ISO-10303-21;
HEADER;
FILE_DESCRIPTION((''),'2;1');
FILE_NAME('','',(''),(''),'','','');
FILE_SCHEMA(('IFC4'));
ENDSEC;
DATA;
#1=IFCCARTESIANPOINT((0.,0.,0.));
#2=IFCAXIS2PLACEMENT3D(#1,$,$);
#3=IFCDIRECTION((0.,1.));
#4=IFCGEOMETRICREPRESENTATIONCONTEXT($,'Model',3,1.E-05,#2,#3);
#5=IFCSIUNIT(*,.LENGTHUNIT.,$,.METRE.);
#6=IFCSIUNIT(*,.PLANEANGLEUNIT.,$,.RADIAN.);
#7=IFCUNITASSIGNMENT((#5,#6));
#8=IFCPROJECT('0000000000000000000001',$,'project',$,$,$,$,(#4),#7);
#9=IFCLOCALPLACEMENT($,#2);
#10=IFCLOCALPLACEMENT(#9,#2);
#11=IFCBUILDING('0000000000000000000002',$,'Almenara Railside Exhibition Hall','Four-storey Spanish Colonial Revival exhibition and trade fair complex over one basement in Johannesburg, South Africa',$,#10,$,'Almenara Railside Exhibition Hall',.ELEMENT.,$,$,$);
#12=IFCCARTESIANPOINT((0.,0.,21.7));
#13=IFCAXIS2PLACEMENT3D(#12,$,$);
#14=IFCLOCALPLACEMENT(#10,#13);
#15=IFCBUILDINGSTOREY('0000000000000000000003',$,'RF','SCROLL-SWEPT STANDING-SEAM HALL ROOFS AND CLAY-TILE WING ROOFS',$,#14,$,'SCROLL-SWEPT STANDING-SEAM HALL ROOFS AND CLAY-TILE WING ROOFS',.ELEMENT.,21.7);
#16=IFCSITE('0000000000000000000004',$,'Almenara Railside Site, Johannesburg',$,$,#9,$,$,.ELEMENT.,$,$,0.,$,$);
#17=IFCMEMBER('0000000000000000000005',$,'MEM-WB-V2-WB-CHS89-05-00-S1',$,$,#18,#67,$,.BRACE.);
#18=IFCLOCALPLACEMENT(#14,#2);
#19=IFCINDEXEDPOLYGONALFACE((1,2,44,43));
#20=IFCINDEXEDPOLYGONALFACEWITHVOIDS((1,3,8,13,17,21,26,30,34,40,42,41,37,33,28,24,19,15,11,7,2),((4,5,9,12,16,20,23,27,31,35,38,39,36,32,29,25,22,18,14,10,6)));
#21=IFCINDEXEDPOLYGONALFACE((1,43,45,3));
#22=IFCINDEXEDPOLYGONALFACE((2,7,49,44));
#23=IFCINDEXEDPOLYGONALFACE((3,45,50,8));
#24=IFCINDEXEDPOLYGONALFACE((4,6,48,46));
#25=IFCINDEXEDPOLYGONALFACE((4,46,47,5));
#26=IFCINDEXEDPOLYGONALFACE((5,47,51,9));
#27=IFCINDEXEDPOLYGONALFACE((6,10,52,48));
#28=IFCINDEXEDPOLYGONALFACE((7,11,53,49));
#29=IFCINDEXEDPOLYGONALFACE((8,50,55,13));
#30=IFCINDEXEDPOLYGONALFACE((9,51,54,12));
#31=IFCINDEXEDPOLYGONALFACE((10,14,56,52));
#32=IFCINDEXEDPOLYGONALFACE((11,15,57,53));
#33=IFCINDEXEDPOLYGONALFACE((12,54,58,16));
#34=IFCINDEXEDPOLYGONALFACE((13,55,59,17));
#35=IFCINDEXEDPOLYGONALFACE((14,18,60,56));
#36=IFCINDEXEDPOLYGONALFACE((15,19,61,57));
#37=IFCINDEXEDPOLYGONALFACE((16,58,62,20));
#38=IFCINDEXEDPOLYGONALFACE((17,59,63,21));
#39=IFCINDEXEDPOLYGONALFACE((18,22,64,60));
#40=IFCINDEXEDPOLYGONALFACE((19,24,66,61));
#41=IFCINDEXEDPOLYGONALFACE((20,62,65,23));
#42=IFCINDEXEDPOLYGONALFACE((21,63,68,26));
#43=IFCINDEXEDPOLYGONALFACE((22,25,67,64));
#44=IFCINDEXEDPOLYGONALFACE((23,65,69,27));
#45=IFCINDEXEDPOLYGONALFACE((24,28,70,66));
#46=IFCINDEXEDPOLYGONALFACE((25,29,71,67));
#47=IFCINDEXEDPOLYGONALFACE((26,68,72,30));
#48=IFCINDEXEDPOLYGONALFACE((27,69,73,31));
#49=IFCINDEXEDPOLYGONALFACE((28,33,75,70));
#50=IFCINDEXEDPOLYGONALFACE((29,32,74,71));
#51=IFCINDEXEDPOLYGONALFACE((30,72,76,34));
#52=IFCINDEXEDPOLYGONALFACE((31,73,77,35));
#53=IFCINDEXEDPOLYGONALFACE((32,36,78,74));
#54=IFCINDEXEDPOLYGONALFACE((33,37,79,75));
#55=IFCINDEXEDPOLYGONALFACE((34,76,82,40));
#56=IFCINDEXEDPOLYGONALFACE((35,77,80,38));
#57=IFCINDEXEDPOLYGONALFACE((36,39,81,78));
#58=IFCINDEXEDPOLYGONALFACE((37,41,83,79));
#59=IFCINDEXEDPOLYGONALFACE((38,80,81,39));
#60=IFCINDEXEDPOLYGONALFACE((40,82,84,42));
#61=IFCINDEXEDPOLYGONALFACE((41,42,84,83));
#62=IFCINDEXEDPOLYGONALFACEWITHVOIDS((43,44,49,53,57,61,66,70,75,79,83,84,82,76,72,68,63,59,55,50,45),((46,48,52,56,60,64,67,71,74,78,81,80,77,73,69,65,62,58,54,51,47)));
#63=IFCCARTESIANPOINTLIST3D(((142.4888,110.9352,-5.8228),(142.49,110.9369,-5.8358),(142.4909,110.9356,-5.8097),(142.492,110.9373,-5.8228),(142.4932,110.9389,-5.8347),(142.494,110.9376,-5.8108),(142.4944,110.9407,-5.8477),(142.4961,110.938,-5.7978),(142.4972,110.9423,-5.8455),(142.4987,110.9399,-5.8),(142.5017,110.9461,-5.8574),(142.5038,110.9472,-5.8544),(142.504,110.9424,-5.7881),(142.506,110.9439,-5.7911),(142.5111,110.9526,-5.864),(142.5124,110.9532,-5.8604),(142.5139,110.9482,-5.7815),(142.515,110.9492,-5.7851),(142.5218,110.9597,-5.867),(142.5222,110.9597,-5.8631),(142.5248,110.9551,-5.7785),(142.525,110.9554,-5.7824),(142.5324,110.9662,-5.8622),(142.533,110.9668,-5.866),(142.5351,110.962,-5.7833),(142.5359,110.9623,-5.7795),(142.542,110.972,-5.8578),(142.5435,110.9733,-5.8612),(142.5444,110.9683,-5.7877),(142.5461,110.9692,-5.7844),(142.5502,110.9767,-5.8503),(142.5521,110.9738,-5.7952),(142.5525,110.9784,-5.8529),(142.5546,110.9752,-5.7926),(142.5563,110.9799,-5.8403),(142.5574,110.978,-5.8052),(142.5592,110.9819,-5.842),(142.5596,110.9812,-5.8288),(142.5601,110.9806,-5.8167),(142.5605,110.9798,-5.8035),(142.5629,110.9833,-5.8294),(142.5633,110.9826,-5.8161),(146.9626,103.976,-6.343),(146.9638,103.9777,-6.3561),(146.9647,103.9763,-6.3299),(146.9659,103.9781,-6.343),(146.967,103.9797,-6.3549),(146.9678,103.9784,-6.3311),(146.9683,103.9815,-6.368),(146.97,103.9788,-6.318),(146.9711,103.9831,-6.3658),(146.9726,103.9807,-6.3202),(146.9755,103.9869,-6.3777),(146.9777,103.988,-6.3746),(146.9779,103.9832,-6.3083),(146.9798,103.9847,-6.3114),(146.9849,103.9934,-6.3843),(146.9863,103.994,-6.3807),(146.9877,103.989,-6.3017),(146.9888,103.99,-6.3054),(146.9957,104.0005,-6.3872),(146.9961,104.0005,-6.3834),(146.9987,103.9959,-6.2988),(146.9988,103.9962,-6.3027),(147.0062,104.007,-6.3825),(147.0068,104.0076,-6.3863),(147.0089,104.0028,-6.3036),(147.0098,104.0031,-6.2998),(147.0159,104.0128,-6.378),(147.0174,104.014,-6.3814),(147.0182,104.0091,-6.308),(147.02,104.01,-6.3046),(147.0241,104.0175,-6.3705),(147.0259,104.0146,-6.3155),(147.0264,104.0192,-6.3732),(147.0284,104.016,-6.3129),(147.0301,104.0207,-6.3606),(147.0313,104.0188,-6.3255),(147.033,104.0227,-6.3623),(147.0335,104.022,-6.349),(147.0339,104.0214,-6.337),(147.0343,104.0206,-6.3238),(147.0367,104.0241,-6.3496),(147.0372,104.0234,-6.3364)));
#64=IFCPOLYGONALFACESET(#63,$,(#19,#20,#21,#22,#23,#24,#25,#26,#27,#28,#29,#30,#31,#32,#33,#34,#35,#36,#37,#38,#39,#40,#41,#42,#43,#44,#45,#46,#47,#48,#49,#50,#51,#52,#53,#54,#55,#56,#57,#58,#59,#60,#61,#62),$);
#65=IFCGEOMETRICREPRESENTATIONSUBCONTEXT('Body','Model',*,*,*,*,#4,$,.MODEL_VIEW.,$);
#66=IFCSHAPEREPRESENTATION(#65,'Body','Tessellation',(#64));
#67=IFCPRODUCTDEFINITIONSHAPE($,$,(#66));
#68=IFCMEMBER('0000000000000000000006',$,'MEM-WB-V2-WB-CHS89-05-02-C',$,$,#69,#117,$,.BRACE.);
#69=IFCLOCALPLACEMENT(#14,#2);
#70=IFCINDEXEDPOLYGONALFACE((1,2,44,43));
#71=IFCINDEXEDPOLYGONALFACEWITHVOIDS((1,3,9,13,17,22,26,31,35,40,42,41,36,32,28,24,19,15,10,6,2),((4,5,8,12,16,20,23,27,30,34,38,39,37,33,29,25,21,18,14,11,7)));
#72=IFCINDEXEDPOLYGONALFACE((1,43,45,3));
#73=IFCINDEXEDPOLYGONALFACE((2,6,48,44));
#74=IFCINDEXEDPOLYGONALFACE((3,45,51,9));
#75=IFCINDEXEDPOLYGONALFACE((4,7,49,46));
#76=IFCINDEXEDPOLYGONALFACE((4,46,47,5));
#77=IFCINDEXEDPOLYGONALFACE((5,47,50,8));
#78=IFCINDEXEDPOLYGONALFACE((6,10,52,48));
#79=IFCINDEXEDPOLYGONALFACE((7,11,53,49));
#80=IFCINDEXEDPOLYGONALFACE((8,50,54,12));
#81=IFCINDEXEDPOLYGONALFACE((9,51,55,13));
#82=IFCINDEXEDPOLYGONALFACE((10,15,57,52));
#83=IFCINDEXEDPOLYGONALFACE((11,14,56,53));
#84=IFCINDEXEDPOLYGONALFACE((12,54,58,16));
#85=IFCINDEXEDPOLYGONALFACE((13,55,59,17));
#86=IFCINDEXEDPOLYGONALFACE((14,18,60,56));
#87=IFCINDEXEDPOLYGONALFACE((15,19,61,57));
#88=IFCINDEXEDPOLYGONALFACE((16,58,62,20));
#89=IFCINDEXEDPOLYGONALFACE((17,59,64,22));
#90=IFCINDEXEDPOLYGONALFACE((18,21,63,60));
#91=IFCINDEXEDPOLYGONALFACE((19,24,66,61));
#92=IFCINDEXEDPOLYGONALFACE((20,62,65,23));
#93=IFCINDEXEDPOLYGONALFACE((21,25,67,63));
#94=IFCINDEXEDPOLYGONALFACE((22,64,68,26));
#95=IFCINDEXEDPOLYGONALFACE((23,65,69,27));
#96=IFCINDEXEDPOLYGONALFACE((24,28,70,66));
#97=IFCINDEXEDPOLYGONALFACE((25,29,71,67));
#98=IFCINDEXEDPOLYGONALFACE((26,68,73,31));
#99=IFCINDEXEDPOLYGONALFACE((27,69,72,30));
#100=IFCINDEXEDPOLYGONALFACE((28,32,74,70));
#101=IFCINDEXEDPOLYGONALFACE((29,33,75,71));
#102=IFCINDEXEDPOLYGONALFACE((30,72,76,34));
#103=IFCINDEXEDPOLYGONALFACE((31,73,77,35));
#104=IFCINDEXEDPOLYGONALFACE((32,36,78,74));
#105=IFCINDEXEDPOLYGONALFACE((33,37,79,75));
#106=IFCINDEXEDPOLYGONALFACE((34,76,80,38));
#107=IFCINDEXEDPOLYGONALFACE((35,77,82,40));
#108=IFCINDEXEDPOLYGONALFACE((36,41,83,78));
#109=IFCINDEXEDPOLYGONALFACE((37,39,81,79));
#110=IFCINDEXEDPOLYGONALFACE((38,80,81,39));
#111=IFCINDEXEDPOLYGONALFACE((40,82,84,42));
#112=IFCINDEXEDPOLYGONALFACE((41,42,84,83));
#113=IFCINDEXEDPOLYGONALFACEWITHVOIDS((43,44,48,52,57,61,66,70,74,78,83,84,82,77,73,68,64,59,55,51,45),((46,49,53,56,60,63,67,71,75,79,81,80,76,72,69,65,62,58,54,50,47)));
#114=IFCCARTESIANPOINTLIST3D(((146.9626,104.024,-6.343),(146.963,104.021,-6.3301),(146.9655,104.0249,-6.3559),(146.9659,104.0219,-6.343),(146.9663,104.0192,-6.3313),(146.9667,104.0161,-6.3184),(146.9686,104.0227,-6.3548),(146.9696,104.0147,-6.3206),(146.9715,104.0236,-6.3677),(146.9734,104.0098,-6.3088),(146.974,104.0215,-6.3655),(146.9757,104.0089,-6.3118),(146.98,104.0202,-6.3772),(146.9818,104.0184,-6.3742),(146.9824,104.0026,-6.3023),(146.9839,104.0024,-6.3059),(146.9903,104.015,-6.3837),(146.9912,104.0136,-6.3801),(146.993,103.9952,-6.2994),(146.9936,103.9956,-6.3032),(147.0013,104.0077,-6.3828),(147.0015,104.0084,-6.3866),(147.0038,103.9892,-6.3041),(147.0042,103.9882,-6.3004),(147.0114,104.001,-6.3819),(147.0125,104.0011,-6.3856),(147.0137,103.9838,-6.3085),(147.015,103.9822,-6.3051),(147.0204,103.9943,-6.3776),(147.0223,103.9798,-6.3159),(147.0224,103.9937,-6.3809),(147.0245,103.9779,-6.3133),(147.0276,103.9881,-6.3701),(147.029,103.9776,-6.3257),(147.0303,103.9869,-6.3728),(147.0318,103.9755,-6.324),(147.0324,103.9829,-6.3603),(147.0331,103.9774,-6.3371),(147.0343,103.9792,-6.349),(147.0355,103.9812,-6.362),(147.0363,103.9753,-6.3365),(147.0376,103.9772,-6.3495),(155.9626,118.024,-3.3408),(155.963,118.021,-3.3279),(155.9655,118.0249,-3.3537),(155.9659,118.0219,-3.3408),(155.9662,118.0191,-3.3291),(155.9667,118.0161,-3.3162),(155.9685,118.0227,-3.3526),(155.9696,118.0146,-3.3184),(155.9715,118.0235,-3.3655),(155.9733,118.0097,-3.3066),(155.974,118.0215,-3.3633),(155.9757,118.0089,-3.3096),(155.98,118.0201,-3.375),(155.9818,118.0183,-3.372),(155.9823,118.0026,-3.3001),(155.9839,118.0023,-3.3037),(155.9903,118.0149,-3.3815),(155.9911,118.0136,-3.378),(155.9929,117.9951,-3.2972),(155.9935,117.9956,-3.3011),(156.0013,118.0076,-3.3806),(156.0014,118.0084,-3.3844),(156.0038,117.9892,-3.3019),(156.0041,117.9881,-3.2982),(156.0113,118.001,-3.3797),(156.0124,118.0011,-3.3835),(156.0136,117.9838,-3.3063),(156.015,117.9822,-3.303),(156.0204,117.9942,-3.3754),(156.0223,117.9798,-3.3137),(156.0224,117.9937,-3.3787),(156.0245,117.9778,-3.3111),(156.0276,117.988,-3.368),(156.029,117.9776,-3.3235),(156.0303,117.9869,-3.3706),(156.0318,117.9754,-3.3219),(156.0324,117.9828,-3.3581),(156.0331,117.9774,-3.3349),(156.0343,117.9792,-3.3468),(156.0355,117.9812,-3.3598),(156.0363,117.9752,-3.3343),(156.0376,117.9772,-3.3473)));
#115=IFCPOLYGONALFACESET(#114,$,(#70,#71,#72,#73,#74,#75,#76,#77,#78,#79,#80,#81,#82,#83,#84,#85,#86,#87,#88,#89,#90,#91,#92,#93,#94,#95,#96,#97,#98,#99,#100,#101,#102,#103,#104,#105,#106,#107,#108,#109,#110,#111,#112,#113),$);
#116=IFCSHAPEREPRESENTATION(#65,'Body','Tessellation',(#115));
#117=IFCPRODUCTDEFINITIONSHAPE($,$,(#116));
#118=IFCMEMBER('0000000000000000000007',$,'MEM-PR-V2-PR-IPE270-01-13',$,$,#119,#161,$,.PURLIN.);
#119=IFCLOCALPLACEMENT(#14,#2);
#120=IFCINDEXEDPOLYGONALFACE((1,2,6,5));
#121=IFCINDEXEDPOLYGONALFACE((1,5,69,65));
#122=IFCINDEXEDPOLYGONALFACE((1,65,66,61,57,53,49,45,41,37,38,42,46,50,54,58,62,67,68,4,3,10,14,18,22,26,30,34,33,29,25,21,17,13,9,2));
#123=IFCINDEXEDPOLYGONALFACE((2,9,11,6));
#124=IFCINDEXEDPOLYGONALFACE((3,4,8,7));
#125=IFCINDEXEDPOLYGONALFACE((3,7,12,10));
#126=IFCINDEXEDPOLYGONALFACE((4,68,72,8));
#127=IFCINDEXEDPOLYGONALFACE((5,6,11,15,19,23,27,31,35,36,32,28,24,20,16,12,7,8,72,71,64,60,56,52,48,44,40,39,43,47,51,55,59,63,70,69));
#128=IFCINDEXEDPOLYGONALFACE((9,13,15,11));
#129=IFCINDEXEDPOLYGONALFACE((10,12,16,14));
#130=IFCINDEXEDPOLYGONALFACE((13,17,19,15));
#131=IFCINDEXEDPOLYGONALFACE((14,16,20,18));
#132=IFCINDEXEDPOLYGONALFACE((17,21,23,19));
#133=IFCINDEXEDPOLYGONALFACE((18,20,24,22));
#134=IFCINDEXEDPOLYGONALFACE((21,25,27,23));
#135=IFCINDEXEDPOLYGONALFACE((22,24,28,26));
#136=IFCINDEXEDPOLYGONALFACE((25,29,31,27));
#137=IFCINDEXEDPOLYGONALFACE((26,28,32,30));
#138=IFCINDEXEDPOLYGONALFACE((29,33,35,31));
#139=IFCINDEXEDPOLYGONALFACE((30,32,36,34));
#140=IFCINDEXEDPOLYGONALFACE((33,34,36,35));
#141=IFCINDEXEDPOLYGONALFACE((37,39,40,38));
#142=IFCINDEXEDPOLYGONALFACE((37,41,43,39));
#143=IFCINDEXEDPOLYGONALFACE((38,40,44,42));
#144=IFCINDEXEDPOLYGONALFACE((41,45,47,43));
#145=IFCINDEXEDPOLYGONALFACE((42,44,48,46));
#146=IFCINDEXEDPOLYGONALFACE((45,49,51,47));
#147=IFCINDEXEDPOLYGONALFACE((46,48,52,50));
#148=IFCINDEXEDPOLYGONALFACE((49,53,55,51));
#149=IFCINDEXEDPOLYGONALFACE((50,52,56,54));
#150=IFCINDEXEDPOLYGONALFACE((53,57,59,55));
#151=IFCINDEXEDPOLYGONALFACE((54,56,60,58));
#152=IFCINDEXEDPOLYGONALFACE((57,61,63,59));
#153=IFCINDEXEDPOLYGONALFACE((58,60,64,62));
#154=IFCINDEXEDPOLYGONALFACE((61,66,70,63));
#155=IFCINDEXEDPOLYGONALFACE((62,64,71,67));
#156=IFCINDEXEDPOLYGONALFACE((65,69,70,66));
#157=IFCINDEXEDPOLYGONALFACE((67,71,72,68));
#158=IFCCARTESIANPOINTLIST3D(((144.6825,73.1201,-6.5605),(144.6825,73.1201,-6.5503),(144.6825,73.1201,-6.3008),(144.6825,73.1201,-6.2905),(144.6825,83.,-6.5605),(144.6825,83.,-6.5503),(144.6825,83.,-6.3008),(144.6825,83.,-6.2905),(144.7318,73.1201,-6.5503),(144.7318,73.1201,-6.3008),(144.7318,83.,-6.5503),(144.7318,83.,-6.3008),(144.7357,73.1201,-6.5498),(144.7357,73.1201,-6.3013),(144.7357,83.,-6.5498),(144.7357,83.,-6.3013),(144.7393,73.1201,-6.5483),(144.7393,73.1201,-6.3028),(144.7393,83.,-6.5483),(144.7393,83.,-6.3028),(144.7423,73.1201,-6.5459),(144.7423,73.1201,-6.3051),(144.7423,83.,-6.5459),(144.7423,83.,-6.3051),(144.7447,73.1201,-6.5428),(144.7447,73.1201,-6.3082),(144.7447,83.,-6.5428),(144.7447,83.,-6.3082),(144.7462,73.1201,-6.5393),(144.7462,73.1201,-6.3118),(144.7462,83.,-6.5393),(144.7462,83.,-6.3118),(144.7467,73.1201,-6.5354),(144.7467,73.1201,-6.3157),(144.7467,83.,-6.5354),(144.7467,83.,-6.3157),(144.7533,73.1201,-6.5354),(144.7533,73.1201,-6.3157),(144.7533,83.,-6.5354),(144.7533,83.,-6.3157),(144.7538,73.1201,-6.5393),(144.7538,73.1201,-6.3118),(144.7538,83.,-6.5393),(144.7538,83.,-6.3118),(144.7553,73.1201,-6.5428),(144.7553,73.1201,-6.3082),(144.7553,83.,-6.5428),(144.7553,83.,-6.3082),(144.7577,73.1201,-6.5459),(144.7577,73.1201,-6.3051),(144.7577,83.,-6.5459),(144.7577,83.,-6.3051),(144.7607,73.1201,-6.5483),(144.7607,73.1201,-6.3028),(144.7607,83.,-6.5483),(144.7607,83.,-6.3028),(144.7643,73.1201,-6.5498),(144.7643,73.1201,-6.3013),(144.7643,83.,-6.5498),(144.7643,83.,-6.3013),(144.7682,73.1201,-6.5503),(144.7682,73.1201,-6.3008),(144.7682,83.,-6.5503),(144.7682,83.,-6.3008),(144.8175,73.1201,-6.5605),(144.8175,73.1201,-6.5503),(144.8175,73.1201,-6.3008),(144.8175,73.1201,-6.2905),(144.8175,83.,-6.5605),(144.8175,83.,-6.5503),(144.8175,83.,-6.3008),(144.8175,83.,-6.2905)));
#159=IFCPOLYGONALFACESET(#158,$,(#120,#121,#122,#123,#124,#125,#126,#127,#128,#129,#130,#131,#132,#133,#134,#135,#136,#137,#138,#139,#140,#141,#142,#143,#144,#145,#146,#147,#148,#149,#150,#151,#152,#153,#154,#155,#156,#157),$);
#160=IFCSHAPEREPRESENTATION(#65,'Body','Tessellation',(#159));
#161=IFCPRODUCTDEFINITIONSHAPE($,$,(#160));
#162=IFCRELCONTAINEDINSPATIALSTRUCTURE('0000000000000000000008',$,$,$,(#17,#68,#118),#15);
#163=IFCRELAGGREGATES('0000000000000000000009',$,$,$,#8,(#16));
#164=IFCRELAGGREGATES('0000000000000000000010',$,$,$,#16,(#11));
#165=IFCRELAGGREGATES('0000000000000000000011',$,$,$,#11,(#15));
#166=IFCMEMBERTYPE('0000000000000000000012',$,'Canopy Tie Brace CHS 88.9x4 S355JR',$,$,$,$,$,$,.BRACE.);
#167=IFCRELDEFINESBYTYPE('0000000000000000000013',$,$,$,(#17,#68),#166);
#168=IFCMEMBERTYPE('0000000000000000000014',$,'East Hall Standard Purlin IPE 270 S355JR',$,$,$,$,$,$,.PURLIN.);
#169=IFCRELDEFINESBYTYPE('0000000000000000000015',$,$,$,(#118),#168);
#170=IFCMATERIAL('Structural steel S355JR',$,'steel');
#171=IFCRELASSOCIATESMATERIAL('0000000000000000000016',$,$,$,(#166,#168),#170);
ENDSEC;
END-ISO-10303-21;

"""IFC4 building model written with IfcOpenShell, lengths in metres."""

from ifc_helpers import new_model, si_unit, direction, frame, origin, origin_2d, place, context, subcontext, project, spatial, hollow_circle, i_section, extrude, material, material_profile, profile_set, type_object, element, save


model = new_model("IFC4")

# Units and contexts
model_context = context("Model", 3, precision=1e-05, world=origin(), true_north=direction((0.0, 1.0)))
body_context = subcontext(model_context, "Body", "Model", "MODEL_VIEW")
ifc_project = project(units=[si_unit("LENGTHUNIT", "METRE"), si_unit("PLANEANGLEUNIT", "RADIAN")], contexts=[model_context])

# Site, building, storey
site_placement = place(None, origin())
site = spatial("IfcSite", under=ifc_project, at=site_placement, Name="Almenara Railside Site, Johannesburg", CompositionType="ELEMENT", RefElevation=0.0)
building_placement = place(site_placement, origin())
building = spatial("IfcBuilding", under=site, at=building_placement, Name="Almenara Railside Exhibition Hall", Description="Four-storey Spanish Colonial Revival exhibition and trade fair complex over one basement in Johannesburg, South Africa", LongName="Almenara Railside Exhibition Hall", CompositionType="ELEMENT")
storey_placement = place(building_placement, frame((0.0, 0.0, 21.7)))
storey = spatial("IfcBuildingStorey", under=building, at=storey_placement, Name="RF", Description="SCROLL-SWEPT STANDING-SEAM HALL ROOFS AND CLAY-TILE WING ROOFS", LongName="SCROLL-SWEPT STANDING-SEAM HALL ROOFS AND CLAY-TILE WING ROOFS", CompositionType="ELEMENT", Elevation=21.7)

# Members
ifc_material = material(Name="Structural steel S355JR", Category="steel")
ifc_material_profile_1 = material_profile(ifc_material, hollow_circle(Radius=0.0444, WallThickness=0.0039, at=origin_2d()), Name="CHS 88.9x4")
ifc_profile_set_1 = profile_set([ifc_material_profile_1], Name="Structural steel S355JR")
member_type_1 = type_object("IfcMemberType", Name="Canopy Tie Brace CHS 88.9x4 S355JR", PredefinedType="BRACE", material=ifc_profile_set_1)
member_1_placement = place(storey_placement, frame((147.0, 104.0, -6.343), z_axis=(-0.539699, 0.839515, 0.062761), x_axis=(-0.841174, -0.540765, 0.0)))
element("IfcMember", 1, at=member_1_placement, inside=storey, type_object=member_type_1, Name="MEM-WB-V2-WB-CHS89-05-00-S1", PredefinedType="BRACE", context=body_context, shape_type="SweptSolid", body=[
    extrude(hollow_circle(Radius=0.0444, WallThickness=0.0039, at=origin_2d()), origin(), (0.0, 0.0, 1.0), 8.2896),
])
member_2_placement = place(storey_placement, frame((147.0, 104.0, -6.343), z_axis=(0.532169, 0.827818, 0.17752), x_axis=(-0.841178, 0.540758, 0.0)))
element("IfcMember", 2, at=member_2_placement, inside=storey, type_object=member_type_1, Name="MEM-WB-V2-WB-CHS89-05-02-C", PredefinedType="BRACE", context=body_context, shape_type="SweptSolid", body=[
    extrude(hollow_circle(Radius=0.0444, WallThickness=0.0039, at=origin_2d()), origin(), (0.0, 0.0, 1.0), 16.9119),
])
ifc_material_profile_2 = material_profile(ifc_material, i_section(OverallWidth=0.135, OverallDepth=0.27, WebThickness=0.0066, FlangeThickness=0.0103, FilletRadius=0.0149, at=origin_2d()), Name="IPE 270")
ifc_profile_set_2 = profile_set([ifc_material_profile_2], Name="Structural steel S355JR")
member_type_2 = type_object("IfcMemberType", Name="East Hall Standard Purlin IPE 270 S355JR", PredefinedType="PURLIN", material=ifc_profile_set_2)
for number, where, z_axis, x_axis, name in (
    (3, (144.75, 73.1201, -6.4255), (0.0, 1.0, 0.0), (-1.0, 0.0, 0.0), "MEM-PR-V2-PR-IPE270-01-13"),
):
    element("IfcMember", number, at=place(storey_placement, frame(where, z_axis=z_axis, x_axis=x_axis)), inside=storey, type_object=member_type_2, Name=name, PredefinedType="PURLIN", context=body_context, shape_type="SweptSolid", body=[
        extrude(i_section(OverallWidth=0.135, OverallDepth=0.27, WebThickness=0.0066, FlangeThickness=0.0103, FilletRadius=0.0149, at=origin_2d()), origin(), (0.0, 0.0, 1.0), 9.8799),
    ])

save(model, "model.ifc")
